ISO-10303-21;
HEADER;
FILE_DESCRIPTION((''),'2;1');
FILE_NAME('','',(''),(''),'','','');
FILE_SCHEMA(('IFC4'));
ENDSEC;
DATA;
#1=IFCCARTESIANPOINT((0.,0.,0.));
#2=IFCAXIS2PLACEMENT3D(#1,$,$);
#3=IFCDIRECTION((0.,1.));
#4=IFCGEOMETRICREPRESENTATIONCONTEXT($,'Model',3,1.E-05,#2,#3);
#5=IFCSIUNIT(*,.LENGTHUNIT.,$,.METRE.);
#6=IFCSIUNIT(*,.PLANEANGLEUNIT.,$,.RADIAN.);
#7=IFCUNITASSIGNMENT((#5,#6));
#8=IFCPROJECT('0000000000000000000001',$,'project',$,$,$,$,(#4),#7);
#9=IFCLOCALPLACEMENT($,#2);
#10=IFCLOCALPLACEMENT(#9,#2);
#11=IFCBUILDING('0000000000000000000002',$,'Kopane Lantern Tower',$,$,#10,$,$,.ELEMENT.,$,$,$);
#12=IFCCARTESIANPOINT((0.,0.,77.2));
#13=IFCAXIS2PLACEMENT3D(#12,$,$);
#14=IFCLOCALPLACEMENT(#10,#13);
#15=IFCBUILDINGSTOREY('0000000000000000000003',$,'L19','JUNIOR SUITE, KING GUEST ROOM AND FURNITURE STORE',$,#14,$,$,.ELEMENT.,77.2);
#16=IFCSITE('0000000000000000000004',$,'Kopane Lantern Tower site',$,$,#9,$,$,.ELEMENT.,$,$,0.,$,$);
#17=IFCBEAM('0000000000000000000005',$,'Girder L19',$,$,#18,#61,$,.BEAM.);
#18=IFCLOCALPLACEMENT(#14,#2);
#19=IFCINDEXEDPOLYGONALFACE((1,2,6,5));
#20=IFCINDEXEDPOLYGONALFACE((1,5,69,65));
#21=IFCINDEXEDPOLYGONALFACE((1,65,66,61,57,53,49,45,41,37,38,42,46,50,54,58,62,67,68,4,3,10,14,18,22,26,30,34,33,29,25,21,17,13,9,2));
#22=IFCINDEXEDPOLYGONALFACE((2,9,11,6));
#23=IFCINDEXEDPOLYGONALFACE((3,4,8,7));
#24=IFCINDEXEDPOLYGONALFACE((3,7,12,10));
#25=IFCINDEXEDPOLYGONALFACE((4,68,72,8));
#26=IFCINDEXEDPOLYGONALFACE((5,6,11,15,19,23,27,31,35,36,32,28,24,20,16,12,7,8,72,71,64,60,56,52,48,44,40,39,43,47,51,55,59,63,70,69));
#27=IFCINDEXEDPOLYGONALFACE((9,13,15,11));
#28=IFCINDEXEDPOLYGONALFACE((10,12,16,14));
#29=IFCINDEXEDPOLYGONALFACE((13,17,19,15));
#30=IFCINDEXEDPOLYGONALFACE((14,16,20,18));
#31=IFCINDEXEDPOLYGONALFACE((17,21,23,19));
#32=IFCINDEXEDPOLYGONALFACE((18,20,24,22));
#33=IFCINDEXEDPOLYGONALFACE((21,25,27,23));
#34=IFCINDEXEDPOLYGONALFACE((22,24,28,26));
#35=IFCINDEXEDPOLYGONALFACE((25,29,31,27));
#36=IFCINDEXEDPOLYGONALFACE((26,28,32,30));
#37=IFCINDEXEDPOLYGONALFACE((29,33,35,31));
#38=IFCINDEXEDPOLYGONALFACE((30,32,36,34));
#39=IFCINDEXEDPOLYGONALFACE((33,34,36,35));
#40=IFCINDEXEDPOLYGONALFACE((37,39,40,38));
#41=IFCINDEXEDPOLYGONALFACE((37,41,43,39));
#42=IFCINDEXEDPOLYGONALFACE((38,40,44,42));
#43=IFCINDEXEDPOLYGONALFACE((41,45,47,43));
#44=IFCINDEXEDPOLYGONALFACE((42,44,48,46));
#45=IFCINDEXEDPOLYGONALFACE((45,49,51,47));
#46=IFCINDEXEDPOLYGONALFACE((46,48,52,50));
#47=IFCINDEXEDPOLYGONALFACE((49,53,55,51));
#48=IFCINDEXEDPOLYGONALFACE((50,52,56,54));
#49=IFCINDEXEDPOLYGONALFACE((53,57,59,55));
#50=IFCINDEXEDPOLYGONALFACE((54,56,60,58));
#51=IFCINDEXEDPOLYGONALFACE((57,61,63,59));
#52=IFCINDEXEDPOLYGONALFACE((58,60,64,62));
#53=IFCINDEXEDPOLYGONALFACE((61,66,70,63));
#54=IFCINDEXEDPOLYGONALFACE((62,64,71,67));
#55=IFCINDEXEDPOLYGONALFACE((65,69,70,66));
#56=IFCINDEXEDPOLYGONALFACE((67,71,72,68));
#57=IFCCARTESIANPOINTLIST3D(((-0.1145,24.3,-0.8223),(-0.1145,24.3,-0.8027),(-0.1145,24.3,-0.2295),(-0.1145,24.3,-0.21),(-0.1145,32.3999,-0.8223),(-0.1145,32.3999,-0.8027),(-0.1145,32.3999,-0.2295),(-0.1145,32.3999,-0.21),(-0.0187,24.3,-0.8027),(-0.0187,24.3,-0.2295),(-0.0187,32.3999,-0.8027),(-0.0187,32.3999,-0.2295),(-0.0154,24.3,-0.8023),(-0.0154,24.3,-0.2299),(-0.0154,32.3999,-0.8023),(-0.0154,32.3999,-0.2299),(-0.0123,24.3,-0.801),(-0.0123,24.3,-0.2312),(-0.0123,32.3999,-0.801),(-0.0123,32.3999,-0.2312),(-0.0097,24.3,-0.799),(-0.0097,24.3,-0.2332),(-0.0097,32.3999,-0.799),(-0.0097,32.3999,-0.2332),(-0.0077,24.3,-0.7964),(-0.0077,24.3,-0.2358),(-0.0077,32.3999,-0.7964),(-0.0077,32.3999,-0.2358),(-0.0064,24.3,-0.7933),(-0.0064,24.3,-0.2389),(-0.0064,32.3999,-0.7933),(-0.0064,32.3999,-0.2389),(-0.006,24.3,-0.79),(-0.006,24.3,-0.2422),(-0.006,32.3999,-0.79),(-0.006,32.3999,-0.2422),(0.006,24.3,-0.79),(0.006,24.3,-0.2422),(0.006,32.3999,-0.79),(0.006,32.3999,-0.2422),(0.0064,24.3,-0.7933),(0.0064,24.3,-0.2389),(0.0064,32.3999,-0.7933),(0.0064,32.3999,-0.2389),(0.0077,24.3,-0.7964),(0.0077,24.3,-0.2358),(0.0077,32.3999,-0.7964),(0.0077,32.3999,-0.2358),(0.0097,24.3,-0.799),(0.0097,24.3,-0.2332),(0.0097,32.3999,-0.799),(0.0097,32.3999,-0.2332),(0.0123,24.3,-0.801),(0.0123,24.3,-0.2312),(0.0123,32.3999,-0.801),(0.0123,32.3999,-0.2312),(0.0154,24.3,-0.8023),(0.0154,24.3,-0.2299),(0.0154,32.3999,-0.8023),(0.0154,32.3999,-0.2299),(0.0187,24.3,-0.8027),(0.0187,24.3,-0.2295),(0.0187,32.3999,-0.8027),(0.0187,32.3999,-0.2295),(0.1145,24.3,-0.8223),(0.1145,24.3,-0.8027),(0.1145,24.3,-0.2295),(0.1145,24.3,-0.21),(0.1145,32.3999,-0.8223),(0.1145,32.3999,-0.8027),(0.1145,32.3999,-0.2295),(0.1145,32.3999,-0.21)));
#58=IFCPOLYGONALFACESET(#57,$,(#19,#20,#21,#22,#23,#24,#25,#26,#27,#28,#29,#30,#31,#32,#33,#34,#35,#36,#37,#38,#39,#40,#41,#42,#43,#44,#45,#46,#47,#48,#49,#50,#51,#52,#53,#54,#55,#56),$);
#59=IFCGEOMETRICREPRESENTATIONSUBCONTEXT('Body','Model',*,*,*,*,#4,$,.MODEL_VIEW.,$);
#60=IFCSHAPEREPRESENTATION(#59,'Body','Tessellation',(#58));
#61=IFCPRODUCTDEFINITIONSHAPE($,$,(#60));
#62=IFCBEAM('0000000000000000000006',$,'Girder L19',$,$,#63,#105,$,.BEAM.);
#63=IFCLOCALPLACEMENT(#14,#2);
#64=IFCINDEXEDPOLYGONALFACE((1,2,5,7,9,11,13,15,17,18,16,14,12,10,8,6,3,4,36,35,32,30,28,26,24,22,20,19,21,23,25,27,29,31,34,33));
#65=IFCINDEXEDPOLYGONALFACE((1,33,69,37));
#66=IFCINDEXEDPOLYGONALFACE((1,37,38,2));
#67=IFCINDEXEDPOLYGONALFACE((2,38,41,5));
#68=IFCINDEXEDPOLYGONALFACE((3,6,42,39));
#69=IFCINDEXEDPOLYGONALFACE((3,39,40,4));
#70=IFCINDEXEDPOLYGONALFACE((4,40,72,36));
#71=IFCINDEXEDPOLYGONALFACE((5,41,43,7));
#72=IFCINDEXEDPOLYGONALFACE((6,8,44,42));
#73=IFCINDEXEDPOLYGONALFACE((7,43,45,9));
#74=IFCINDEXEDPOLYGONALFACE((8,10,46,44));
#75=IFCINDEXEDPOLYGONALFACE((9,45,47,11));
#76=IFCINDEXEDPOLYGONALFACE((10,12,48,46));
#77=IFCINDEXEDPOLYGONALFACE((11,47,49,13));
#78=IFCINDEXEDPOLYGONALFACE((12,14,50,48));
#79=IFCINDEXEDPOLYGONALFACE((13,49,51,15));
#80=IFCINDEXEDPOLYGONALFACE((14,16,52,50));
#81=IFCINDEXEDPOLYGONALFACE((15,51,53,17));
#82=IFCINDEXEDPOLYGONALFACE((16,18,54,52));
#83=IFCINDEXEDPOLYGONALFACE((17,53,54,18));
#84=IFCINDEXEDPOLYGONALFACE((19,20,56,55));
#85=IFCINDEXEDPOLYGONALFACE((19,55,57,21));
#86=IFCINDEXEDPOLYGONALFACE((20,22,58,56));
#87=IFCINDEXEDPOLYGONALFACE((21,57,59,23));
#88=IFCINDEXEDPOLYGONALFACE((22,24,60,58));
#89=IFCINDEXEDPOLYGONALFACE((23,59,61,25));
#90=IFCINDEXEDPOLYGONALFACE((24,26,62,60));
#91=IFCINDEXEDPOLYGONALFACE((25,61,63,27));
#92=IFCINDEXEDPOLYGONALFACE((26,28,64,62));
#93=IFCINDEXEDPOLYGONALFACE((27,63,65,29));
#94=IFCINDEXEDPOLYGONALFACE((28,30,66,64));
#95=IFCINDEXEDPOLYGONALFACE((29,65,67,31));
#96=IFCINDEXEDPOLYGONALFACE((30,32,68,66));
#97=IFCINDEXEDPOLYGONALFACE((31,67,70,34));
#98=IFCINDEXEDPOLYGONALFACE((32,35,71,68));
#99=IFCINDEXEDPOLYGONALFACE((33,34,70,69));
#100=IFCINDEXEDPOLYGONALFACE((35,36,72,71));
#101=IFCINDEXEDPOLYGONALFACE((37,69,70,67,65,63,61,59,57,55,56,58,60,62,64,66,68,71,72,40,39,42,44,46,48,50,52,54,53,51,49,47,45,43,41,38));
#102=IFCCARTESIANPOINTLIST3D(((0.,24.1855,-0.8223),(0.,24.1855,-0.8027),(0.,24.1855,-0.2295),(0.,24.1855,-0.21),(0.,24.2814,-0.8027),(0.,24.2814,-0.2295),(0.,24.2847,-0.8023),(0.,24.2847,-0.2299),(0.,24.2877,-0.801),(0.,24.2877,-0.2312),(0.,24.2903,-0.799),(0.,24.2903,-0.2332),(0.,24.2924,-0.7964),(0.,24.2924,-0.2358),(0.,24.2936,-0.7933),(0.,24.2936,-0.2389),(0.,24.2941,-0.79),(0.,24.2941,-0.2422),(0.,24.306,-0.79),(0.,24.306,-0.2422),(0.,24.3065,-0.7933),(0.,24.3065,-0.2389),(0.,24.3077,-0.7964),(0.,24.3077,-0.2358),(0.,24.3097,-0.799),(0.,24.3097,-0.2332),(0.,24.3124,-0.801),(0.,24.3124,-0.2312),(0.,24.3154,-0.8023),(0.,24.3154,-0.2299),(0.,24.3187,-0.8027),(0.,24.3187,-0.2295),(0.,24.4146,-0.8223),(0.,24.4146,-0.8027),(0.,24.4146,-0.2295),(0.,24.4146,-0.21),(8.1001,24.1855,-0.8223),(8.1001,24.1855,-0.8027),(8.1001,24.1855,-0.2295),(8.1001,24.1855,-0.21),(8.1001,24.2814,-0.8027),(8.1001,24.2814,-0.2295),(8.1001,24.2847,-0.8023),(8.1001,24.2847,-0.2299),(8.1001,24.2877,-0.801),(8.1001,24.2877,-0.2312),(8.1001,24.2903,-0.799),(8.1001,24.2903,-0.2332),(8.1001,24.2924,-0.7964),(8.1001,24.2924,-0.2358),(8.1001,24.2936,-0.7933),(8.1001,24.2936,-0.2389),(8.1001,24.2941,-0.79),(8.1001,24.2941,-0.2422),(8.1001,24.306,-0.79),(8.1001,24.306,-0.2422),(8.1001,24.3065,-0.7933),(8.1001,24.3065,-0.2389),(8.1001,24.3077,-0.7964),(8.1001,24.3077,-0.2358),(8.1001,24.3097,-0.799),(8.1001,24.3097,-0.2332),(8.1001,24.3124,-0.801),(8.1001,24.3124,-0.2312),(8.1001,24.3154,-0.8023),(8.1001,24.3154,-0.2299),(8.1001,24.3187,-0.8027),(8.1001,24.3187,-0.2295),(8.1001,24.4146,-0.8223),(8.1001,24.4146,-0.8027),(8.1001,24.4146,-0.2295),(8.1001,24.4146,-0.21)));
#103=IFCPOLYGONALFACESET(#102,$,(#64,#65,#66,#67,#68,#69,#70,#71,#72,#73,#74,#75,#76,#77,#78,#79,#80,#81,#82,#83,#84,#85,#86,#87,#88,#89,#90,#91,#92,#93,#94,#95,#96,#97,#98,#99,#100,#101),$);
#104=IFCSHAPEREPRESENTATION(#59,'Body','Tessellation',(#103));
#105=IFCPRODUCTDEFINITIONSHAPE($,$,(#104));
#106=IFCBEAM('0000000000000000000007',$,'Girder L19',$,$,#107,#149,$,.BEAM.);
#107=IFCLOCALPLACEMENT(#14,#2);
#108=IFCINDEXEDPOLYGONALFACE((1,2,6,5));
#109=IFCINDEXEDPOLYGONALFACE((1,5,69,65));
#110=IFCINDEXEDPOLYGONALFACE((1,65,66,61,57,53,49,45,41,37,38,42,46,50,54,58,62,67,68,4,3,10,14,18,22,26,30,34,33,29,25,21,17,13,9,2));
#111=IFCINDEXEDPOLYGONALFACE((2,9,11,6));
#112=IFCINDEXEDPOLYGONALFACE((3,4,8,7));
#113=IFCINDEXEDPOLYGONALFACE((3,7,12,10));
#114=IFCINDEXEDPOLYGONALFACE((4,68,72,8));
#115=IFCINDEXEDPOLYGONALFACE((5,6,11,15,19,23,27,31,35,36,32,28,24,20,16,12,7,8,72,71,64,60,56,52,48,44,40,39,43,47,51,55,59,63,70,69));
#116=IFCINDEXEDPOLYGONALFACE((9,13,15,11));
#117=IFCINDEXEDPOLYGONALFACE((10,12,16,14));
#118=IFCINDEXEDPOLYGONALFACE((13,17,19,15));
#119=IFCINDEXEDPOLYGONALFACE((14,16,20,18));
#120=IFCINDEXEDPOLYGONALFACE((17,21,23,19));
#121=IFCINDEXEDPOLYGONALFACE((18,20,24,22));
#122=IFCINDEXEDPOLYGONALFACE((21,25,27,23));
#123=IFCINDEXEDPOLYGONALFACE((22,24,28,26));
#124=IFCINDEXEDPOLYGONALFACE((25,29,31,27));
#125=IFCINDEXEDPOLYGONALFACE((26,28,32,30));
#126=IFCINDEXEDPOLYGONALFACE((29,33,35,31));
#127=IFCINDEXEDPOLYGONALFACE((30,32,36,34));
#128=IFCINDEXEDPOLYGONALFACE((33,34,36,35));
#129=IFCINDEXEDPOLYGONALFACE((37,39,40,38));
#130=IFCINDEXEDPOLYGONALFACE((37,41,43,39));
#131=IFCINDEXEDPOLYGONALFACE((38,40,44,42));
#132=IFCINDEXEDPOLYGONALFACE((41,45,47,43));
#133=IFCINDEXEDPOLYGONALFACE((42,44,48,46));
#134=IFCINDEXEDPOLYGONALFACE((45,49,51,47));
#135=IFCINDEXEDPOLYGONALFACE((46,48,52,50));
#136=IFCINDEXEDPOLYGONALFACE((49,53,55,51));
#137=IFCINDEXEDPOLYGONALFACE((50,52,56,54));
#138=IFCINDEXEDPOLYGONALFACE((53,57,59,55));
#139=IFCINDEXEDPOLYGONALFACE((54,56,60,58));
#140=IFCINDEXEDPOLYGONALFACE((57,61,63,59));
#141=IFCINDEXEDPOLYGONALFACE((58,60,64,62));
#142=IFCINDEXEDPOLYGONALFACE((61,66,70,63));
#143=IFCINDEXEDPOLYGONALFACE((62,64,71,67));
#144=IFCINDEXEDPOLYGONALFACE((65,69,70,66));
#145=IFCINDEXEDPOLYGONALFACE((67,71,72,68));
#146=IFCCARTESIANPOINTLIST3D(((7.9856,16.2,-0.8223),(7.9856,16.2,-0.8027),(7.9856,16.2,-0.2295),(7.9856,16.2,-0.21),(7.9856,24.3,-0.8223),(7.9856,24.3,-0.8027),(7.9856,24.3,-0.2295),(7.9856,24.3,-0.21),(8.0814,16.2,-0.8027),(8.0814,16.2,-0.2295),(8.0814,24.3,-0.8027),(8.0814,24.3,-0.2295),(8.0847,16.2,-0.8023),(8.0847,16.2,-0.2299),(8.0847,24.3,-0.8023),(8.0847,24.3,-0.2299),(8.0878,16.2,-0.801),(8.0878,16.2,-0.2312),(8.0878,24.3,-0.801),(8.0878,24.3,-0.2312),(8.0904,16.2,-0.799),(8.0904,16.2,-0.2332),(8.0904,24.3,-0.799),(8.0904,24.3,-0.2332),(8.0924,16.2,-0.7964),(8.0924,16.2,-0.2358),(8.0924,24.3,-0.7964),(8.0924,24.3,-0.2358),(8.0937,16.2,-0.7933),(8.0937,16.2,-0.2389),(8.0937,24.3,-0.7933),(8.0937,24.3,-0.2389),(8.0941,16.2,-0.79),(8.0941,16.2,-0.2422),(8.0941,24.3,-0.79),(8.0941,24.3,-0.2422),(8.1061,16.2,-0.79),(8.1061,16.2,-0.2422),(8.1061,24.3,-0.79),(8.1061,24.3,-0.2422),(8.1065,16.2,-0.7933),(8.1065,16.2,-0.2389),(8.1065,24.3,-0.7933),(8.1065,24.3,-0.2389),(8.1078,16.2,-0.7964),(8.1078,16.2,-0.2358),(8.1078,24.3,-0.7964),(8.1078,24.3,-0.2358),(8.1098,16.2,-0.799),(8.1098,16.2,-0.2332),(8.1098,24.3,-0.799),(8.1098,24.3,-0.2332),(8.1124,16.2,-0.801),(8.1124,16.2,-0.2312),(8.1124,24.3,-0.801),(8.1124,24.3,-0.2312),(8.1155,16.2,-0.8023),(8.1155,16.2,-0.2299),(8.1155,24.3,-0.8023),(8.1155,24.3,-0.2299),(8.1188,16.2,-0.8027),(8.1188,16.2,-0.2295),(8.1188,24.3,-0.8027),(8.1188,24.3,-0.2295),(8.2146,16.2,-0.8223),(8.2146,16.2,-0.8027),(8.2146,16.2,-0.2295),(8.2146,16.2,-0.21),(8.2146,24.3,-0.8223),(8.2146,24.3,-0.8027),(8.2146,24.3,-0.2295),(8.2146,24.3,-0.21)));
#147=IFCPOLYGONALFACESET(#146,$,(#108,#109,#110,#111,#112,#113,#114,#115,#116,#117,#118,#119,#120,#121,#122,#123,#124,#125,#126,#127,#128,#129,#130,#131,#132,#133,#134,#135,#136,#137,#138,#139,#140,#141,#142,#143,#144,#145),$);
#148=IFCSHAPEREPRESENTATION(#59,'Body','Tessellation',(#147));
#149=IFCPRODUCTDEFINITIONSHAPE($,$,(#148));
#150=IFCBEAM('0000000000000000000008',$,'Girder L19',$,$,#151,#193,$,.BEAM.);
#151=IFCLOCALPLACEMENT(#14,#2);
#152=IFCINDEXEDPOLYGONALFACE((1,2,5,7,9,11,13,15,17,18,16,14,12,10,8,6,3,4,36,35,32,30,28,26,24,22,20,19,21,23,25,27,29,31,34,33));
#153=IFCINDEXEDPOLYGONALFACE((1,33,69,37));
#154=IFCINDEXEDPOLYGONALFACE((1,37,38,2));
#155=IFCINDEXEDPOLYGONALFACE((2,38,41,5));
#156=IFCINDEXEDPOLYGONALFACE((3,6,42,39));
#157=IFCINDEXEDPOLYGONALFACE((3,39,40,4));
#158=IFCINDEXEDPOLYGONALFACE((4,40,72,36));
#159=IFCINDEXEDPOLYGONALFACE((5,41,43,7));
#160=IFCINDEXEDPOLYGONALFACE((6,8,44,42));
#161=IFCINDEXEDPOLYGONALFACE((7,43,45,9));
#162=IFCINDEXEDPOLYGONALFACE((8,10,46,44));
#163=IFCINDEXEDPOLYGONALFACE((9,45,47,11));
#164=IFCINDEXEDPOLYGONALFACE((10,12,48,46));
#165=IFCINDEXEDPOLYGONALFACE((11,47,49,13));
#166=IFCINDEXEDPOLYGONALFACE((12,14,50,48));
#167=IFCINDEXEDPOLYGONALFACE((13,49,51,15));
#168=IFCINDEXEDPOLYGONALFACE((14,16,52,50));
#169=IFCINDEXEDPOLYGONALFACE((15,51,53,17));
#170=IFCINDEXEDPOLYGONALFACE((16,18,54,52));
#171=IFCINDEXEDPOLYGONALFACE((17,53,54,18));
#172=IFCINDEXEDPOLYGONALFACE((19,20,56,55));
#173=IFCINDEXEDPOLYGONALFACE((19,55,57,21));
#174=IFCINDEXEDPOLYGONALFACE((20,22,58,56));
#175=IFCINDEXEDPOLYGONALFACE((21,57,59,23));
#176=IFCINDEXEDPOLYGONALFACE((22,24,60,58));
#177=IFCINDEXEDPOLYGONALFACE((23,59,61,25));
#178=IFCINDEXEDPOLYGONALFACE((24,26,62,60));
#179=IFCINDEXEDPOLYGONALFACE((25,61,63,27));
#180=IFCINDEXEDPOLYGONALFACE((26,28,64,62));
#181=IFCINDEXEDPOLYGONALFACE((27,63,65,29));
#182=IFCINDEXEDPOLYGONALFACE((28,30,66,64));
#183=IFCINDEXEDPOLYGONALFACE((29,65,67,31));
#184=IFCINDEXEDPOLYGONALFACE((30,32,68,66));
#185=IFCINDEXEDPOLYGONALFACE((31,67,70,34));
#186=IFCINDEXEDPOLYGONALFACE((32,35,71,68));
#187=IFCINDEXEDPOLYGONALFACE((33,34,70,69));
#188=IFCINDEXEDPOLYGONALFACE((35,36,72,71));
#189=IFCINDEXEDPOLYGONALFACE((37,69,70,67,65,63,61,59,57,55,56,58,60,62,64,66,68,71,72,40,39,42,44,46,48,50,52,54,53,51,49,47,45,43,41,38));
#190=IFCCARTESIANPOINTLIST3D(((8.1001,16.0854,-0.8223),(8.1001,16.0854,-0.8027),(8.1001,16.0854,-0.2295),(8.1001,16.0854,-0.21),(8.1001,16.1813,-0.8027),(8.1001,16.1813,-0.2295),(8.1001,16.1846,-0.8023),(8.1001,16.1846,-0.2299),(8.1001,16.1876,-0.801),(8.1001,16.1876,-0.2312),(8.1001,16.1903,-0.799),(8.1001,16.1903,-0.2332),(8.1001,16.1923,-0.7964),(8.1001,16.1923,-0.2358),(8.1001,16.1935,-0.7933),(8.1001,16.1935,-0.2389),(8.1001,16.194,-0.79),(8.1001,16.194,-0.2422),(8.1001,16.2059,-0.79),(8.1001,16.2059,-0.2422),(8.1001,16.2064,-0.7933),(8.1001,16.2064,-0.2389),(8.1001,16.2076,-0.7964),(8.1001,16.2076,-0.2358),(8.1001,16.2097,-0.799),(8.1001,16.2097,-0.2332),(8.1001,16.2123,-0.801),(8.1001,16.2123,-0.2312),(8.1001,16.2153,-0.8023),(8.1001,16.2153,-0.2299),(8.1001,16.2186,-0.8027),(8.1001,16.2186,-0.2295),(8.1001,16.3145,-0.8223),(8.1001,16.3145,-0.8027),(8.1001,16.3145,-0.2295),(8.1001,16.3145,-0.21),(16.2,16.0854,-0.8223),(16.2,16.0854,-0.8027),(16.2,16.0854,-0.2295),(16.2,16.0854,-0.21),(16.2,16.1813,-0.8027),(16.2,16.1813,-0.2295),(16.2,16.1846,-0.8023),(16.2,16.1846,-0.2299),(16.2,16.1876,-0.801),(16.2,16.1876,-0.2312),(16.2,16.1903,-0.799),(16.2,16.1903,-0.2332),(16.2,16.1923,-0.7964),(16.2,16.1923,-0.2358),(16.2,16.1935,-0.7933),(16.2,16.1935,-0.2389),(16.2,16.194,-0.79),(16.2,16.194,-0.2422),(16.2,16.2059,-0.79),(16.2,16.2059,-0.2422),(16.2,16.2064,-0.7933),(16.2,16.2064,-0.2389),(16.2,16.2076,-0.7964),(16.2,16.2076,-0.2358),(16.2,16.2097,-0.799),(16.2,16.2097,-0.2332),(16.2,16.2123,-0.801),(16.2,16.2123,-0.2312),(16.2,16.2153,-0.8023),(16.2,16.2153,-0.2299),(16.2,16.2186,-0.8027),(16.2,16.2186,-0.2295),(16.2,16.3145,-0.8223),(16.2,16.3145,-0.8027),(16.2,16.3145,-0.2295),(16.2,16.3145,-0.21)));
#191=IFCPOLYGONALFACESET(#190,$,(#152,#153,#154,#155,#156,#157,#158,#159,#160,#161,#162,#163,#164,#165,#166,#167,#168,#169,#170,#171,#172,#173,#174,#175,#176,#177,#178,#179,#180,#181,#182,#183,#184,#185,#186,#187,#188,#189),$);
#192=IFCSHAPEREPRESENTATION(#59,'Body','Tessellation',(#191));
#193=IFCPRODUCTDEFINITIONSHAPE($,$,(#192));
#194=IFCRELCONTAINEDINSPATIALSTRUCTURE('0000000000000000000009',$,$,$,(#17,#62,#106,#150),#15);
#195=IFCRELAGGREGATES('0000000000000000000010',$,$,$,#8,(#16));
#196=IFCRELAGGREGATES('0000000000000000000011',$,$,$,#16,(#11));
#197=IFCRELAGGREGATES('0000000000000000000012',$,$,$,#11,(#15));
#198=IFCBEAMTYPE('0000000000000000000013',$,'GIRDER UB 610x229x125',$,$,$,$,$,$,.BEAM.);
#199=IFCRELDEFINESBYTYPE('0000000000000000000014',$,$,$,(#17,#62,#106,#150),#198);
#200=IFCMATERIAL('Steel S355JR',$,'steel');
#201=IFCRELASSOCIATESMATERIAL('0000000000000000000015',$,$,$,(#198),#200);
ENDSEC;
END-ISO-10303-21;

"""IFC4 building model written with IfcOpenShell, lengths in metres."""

from ifc_helpers import new_model, si_unit, direction, frame, origin, origin_2d, place, context, subcontext, project, spatial, i_section, extrude, material, material_profile, profile_set, type_object, element, save


model = new_model("IFC4")

# Units and contexts
model_context = context("Model", 3, precision=1e-05, world=origin(), true_north=direction((0.0, 1.0)))
body_context = subcontext(model_context, "Body", "Model", "MODEL_VIEW")
ifc_project = project(units=[si_unit("LENGTHUNIT", "METRE"), si_unit("PLANEANGLEUNIT", "RADIAN")], contexts=[model_context])

# Site, building, storey
site_placement = place(None, origin())
site = spatial("IfcSite", under=ifc_project, at=site_placement, Name="Kopane Lantern Tower site", CompositionType="ELEMENT", RefElevation=0.0)
building_placement = place(site_placement, origin())
building = spatial("IfcBuilding", under=site, at=building_placement, Name="Kopane Lantern Tower", CompositionType="ELEMENT")
storey_placement = place(building_placement, frame((0.0, 0.0, 77.2)))
storey = spatial("IfcBuildingStorey", under=building, at=storey_placement, Name="L19", Description="JUNIOR SUITE, KING GUEST ROOM AND FURNITURE STORE", CompositionType="ELEMENT", Elevation=77.2)

# Beams
ifc_material_1 = material(Name="Steel S355JR", Category="steel")
ifc_material_profile_1 = material_profile(ifc_material_1, i_section(OverallWidth=0.229, OverallDepth=0.6123, WebThickness=0.012, FlangeThickness=0.0195, FilletRadius=0.0127, at=origin_2d()), Name="UB 610x229x125")
ifc_profile_set_1 = profile_set([ifc_material_profile_1], Name="Steel S355JR")
beam_type = type_object("IfcBeamType", Name="GIRDER UB 610x229x125", PredefinedType="BEAM", material=ifc_profile_set_1)
beam_placement = place(storey_placement, frame((0.0, 24.3, -0.5161), z_axis=(0.0, 1.0, 0.0), x_axis=(-1.0, 0.0, 0.0)))
element("IfcBeam", 1, at=beam_placement, inside=storey, type_object=beam_type, Name="Girder L19", PredefinedType="BEAM", context=body_context, shape_type="SweptSolid", body=[
    extrude(i_section(OverallWidth=0.229, OverallDepth=0.6123, WebThickness=0.012, FlangeThickness=0.0195, FilletRadius=0.0127, at=origin_2d()), origin(), (0.0, 0.0, 1.0), 8.0999),
])
for number, where, z_axis, x_axis, name in (
    (2, (0.0, 24.3, -0.5161), (1.0, 0.0, 0.0), (0.0, 1.0, 0.0), "Girder L19"),
    (3, (8.1001, 16.2, -0.5161), (0.0, 1.0, 0.0), (-1.0, 0.0, 0.0), "Girder L19"),
):
    element("IfcBeam", number, at=place(storey_placement, frame(where, z_axis=z_axis, x_axis=x_axis)), inside=storey, type_object=beam_type, Name=name, PredefinedType="BEAM", context=body_context, shape_type="SweptSolid", body=[
        extrude(i_section(OverallWidth=0.229, OverallDepth=0.6123, WebThickness=0.012, FlangeThickness=0.0195, FilletRadius=0.0127, at=origin_2d()), origin(), (0.0, 0.0, 1.0), 8.1001),
    ])
for number, where, z_axis, x_axis, name in (
    (4, (8.1001, 16.2, -0.5161), (1.0, 0.0, 0.0), (0.0, 1.0, 0.0), "Girder L19"),
):
    element("IfcBeam", number, at=place(storey_placement, frame(where, z_axis=z_axis, x_axis=x_axis)), inside=storey, type_object=beam_type, Name=name, PredefinedType="BEAM", context=body_context, shape_type="SweptSolid", body=[
        extrude(i_section(OverallWidth=0.229, OverallDepth=0.6123, WebThickness=0.012, FlangeThickness=0.0195, FilletRadius=0.0127, at=origin_2d()), origin(), (0.0, 0.0, 1.0), 8.0999),
    ])

save(model, "model.ifc")
